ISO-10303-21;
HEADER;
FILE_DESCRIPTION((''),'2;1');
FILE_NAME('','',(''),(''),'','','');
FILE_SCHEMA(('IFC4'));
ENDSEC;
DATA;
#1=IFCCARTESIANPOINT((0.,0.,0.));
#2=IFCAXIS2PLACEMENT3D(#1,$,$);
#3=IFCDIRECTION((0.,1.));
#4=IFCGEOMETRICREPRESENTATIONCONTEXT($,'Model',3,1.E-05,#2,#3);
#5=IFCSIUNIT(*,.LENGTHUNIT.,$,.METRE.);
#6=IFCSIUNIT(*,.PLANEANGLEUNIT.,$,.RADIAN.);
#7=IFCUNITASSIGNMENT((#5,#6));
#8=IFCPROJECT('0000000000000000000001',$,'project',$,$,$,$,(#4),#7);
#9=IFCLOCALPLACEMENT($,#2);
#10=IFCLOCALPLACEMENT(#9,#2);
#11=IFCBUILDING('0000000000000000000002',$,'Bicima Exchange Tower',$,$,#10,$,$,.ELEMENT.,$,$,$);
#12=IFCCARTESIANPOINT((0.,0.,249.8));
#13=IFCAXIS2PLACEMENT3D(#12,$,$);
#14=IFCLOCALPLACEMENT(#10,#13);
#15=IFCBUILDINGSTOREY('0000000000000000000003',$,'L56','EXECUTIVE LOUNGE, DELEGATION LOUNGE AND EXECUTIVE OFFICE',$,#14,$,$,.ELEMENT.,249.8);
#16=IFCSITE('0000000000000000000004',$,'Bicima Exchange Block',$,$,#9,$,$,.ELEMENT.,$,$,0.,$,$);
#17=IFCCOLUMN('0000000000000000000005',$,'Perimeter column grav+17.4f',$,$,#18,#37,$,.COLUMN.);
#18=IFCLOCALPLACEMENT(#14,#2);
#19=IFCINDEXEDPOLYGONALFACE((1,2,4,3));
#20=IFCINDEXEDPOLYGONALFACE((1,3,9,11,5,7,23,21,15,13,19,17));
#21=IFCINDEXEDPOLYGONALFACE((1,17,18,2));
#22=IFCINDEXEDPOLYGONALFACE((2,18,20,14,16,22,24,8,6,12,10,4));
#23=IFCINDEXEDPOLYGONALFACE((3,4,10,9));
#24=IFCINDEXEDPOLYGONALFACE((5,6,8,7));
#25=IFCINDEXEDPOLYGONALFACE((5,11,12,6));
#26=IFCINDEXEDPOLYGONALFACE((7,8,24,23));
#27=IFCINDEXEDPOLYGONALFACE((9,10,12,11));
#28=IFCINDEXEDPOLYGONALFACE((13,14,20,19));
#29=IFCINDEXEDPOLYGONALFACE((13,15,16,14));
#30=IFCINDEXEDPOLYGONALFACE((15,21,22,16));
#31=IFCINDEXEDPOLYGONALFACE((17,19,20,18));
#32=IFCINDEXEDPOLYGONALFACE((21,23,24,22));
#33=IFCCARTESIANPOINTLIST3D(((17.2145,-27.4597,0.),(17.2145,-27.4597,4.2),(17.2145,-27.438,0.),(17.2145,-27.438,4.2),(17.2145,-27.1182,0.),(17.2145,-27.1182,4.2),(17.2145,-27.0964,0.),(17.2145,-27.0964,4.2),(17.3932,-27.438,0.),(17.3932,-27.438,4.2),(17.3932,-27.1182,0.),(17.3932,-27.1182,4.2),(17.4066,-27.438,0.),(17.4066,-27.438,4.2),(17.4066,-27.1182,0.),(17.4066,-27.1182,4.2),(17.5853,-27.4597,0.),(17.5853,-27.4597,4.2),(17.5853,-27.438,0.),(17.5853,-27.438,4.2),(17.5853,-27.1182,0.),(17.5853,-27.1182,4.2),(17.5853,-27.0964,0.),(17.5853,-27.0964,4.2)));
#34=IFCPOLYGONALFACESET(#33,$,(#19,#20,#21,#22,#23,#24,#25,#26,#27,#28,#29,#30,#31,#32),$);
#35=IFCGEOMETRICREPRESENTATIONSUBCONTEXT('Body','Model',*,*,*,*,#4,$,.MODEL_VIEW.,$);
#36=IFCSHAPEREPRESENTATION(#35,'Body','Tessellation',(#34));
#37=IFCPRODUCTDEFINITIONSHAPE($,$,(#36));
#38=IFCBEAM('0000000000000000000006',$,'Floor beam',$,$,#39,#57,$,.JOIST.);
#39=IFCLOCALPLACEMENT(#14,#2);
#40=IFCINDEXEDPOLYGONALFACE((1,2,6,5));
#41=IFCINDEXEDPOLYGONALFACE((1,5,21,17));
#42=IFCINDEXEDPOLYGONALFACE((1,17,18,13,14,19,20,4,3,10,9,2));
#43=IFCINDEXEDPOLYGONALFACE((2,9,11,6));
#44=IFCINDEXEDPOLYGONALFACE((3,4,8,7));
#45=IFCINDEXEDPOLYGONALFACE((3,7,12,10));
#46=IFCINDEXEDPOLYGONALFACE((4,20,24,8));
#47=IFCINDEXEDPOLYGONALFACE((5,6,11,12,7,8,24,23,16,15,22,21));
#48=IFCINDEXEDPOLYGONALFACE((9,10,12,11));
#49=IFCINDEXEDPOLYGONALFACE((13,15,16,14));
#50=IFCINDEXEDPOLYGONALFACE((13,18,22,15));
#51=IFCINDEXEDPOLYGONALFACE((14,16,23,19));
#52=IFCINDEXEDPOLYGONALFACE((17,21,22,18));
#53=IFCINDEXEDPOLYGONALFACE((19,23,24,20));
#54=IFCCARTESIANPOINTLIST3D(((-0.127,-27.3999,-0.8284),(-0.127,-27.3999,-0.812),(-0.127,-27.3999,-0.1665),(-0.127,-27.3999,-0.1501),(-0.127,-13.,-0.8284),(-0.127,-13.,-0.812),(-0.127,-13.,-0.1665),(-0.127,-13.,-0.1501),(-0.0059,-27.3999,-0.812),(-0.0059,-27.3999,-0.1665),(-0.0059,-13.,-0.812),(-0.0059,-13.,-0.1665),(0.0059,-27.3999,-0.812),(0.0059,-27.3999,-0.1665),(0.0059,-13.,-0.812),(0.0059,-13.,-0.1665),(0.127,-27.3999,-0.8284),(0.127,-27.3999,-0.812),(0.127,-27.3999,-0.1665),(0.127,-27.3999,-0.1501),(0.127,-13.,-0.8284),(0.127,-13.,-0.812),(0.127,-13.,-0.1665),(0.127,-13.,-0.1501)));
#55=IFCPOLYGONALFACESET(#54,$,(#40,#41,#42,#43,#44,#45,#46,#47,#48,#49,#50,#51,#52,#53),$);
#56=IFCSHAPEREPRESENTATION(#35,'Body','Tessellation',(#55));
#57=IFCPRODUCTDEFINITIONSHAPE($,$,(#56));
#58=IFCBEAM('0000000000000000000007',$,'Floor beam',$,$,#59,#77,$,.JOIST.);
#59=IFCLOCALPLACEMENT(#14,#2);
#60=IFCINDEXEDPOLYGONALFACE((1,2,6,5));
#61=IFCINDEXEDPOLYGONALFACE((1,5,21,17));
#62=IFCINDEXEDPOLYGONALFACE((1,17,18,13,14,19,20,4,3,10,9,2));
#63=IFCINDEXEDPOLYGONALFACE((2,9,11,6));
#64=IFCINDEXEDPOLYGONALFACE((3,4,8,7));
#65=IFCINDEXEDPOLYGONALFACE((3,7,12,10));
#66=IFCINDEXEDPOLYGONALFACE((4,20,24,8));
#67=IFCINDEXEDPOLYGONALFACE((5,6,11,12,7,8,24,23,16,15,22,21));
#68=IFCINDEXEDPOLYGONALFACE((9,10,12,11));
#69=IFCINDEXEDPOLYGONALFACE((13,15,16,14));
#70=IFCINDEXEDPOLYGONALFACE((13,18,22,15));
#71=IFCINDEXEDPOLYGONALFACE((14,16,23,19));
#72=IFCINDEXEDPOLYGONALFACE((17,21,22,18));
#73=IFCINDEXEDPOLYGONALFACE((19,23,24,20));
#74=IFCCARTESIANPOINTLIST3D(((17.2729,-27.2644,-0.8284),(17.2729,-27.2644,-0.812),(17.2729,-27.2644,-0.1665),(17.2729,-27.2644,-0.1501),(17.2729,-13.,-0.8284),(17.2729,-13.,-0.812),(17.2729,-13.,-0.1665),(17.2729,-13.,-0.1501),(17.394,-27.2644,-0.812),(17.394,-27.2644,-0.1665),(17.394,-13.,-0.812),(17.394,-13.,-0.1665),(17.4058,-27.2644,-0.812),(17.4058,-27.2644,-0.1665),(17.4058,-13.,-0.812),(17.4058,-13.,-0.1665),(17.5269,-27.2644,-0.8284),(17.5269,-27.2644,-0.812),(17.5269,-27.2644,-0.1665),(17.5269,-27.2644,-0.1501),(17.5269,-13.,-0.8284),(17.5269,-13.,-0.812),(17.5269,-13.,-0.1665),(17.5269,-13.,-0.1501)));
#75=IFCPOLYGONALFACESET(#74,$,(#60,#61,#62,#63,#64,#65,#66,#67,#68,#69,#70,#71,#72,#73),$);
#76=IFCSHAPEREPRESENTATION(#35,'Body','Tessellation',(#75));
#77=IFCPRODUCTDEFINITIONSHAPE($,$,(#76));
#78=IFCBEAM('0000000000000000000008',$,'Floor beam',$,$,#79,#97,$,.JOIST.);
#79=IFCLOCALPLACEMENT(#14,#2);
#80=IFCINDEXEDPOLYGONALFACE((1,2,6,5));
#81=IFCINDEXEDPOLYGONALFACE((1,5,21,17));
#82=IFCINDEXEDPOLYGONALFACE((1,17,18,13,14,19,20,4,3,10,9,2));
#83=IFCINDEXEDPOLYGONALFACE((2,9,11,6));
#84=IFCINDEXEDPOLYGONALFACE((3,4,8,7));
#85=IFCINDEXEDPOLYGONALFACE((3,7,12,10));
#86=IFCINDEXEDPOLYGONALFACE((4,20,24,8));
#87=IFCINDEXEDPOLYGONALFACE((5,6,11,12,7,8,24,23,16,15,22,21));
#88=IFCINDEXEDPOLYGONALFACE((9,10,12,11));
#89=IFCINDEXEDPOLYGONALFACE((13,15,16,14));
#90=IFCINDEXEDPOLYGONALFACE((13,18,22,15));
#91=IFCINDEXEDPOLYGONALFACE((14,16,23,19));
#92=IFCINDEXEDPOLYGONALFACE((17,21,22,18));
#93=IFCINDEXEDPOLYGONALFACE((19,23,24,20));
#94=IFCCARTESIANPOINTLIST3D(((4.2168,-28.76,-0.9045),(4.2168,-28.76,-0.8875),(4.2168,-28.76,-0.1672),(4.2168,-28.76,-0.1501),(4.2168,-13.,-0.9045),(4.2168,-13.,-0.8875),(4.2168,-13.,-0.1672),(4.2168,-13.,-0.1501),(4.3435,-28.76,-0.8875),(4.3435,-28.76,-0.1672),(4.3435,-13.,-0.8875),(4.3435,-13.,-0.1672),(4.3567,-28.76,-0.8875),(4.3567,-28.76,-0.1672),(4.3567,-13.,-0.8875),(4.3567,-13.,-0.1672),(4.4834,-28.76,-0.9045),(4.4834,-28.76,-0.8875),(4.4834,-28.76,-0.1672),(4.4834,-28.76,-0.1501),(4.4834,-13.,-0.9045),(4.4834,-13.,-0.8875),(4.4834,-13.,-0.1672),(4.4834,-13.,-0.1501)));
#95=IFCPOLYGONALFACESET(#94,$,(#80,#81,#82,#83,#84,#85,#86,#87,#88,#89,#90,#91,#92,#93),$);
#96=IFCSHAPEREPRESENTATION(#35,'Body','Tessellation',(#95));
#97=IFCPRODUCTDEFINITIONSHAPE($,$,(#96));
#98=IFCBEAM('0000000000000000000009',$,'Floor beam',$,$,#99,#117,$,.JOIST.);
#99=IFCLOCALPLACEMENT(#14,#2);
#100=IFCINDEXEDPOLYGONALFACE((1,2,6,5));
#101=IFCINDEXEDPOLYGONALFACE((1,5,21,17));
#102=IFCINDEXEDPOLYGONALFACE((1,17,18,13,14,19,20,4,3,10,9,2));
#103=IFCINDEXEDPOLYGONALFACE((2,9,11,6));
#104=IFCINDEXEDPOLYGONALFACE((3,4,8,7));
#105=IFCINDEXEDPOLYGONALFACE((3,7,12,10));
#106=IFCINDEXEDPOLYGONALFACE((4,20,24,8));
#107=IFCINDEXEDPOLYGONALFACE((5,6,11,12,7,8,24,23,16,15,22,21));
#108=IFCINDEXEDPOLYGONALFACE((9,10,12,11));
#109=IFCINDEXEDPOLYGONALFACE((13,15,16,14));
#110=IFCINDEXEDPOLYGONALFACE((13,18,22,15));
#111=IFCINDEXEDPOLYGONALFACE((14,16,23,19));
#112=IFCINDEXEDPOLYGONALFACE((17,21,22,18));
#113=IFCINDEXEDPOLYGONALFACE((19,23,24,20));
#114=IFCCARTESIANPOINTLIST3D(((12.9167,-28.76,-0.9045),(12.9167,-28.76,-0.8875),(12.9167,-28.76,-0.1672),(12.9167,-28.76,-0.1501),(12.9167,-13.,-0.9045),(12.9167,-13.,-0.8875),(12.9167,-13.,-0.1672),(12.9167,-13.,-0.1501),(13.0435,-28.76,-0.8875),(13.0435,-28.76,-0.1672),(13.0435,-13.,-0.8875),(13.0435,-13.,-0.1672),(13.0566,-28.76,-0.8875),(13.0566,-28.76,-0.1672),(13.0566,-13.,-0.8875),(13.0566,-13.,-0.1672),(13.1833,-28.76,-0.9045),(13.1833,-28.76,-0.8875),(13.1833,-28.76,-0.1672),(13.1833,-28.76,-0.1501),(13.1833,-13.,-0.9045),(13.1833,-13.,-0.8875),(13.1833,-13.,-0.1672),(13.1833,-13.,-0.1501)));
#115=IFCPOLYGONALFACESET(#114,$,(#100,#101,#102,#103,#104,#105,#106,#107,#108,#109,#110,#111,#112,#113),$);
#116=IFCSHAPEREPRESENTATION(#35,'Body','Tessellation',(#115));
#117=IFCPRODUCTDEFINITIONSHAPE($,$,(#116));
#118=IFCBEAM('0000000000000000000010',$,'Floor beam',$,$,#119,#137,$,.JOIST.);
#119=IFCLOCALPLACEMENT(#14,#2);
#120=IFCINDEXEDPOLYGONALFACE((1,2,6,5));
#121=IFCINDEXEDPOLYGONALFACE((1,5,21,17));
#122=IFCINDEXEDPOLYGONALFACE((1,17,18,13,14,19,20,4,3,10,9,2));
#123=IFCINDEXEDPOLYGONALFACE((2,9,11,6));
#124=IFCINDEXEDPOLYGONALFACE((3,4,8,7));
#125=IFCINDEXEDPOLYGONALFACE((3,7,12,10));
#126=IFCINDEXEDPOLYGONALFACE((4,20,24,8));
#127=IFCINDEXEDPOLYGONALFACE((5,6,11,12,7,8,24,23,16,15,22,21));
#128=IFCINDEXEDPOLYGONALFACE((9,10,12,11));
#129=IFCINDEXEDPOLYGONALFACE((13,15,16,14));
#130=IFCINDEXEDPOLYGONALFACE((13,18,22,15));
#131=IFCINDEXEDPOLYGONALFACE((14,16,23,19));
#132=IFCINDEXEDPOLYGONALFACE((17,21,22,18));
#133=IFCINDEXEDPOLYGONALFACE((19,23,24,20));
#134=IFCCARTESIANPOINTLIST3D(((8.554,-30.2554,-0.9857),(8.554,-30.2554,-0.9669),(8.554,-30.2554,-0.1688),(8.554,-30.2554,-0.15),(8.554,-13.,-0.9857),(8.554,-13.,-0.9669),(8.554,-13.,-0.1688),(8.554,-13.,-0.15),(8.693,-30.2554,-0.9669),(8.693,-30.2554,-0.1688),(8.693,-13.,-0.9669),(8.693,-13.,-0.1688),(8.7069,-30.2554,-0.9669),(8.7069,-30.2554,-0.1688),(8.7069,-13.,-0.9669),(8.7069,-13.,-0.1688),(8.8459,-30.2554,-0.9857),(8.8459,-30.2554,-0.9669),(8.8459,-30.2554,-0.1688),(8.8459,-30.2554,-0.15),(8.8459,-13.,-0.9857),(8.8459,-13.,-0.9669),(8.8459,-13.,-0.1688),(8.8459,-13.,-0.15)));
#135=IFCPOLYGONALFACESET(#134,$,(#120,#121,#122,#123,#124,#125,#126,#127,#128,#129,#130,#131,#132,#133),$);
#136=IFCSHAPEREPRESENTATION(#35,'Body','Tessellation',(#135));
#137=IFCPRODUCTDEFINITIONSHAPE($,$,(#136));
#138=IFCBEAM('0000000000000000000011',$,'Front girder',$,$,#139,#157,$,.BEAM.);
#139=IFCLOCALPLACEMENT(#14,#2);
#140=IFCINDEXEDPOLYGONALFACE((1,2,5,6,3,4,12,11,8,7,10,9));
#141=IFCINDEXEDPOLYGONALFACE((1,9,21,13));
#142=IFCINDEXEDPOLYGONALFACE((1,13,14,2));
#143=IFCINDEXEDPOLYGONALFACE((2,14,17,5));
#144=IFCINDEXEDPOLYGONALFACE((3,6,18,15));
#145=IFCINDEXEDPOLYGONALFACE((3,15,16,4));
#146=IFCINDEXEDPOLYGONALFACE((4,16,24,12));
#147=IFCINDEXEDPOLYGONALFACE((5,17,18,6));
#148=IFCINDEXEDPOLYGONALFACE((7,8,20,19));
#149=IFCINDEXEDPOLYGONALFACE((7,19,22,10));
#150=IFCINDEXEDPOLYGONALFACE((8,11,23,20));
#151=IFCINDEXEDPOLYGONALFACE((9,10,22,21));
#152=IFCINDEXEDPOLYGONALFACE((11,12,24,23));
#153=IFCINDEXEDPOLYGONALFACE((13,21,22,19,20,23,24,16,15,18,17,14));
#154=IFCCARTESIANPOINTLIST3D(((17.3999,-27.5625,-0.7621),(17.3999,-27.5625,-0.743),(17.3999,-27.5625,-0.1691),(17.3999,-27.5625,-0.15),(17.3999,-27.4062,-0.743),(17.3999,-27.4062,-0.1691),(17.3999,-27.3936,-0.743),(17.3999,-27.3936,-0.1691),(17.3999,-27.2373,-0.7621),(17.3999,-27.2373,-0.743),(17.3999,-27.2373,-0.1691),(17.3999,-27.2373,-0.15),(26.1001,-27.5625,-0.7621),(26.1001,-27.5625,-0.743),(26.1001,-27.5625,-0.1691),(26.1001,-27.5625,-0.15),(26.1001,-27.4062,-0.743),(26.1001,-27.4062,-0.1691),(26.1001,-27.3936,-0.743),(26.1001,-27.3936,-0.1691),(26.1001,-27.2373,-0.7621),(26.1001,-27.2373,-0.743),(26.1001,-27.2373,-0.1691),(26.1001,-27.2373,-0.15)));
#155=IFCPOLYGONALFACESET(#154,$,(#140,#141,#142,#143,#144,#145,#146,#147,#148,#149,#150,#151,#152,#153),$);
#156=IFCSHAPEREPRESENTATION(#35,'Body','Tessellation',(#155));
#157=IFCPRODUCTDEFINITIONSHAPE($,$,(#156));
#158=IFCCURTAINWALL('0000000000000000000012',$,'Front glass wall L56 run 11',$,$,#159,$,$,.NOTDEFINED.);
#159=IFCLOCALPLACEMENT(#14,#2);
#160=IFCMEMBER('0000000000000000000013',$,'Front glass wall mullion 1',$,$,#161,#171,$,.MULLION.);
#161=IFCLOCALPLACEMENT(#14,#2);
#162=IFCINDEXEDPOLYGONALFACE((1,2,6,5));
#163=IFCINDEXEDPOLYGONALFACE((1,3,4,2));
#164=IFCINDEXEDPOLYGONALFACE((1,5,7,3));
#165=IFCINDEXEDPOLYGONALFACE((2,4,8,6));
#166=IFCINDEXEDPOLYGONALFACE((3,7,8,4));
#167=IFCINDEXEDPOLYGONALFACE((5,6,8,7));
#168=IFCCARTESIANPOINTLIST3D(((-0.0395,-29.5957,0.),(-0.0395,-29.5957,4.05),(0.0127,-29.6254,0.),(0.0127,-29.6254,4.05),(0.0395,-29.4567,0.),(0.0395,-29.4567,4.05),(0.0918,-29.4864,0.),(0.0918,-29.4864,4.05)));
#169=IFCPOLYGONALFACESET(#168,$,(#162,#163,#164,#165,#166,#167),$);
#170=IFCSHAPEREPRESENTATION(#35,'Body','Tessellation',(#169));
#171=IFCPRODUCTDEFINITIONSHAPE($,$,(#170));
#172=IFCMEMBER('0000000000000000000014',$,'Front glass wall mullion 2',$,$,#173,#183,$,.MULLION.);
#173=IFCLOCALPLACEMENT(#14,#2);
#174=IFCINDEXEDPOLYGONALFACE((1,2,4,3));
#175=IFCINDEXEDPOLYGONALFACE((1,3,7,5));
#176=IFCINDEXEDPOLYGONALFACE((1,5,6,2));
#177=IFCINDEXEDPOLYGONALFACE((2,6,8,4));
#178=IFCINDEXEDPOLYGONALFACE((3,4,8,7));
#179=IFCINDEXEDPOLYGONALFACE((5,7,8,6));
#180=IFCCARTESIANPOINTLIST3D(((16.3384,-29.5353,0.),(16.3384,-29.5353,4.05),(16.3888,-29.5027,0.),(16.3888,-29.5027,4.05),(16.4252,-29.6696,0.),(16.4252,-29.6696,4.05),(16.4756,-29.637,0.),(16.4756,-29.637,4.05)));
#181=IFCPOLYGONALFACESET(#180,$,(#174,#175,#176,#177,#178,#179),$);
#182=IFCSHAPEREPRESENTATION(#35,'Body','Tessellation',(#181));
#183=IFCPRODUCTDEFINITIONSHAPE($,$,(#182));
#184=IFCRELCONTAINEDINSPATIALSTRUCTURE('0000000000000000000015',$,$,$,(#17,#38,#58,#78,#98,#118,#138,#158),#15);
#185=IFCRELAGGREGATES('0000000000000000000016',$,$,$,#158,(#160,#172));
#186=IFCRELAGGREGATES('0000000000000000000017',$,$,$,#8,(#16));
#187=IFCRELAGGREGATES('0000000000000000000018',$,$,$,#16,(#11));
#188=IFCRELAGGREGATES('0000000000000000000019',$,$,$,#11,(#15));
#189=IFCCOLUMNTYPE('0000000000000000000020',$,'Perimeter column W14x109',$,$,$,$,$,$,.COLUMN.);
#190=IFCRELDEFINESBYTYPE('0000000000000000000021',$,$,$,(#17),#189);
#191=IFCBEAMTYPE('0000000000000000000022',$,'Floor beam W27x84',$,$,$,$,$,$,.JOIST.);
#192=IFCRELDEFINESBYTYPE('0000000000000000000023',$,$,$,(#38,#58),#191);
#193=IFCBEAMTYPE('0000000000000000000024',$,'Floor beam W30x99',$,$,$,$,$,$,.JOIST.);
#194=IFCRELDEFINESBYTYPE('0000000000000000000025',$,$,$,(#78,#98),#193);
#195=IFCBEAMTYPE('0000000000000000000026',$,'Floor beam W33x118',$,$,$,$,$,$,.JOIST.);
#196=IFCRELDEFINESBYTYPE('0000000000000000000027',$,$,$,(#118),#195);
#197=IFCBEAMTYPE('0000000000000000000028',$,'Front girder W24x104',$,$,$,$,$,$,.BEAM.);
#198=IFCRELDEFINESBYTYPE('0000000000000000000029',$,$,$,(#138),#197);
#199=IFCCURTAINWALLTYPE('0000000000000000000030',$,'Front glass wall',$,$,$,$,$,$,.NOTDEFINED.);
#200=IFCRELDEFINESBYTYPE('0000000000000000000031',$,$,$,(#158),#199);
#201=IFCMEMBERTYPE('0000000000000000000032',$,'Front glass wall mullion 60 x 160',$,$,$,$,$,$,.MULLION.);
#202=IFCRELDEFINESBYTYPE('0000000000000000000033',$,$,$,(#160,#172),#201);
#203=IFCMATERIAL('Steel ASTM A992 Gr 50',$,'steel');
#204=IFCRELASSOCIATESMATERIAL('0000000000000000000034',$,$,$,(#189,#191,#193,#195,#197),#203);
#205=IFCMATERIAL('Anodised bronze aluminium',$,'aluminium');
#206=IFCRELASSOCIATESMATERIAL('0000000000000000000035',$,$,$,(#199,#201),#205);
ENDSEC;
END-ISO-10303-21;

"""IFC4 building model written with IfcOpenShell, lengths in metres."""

from ifc_helpers import new_model, si_unit, direction, frame, origin, origin_2d, place, context, subcontext, project, spatial, rectangle, i_section, extrude, material, material_profile, profile_set, type_object, element, aggregate, save


model = new_model("IFC4")

# Units and contexts
model_context = context("Model", 3, precision=1e-05, world=origin(), true_north=direction((0.0, 1.0)))
body_context = subcontext(model_context, "Body", "Model", "MODEL_VIEW")
ifc_project = project(units=[si_unit("LENGTHUNIT", "METRE"), si_unit("PLANEANGLEUNIT", "RADIAN")], contexts=[model_context])

# Site, building, storey
site_placement = place(None, origin())
site = spatial("IfcSite", under=ifc_project, at=site_placement, Name="Bicima Exchange Block", CompositionType="ELEMENT", RefElevation=0.0)
building_placement = place(site_placement, origin())
building = spatial("IfcBuilding", under=site, at=building_placement, Name="Bicima Exchange Tower", CompositionType="ELEMENT")
storey_placement = place(building_placement, frame((0.0, 0.0, 249.8)))
storey = spatial("IfcBuildingStorey", under=building, at=storey_placement, Name="L56", Description="EXECUTIVE LOUNGE, DELEGATION LOUNGE AND EXECUTIVE OFFICE", CompositionType="ELEMENT", Elevation=249.8)

# Column
ifc_material_1 = material(Name="Steel ASTM A992 Gr 50", Category="steel")
ifc_material_profile_1 = material_profile(ifc_material_1, i_section(OverallWidth=0.3708, OverallDepth=0.3633, WebThickness=0.0134, FlangeThickness=0.0217, at=origin_2d()))
ifc_profile_set_1 = profile_set([ifc_material_profile_1], Name="Steel ASTM A992 Gr 50")
column_type = type_object("IfcColumnType", Name="Perimeter column W14x109", PredefinedType="COLUMN", material=ifc_profile_set_1)
column_placement = place(storey_placement, frame((17.3999, -27.2781, 0.0), z_axis=(0.0, 0.0, 1.0), x_axis=(1.0, 0.0, 0.0)))
element("IfcColumn", 1, at=column_placement, inside=storey, type_object=column_type, Name="Perimeter column grav+17.4f", PredefinedType="COLUMN", context=body_context, shape_type="SweptSolid", body=[
    extrude(i_section(OverallWidth=0.3708, OverallDepth=0.3633, WebThickness=0.0134, FlangeThickness=0.0217, at=origin_2d()), origin(), (0.0, 0.0, 1.0), 4.2),
])

# Beams
ifc_material_profile_2 = material_profile(ifc_material_1, i_section(OverallWidth=0.2539, OverallDepth=0.6782, WebThickness=0.0117, FlangeThickness=0.0164, at=origin_2d()))
ifc_profile_set_2 = profile_set([ifc_material_profile_2], Name="Steel ASTM A992 Gr 50")
beam_type_1 = type_object("IfcBeamType", Name="Floor beam W27x84", PredefinedType="JOIST", material=ifc_profile_set_2)
beam_1_placement = place(storey_placement, frame((0.0, -13.0, -0.4893), z_axis=(0.0, -1.0, 0.0), x_axis=(1.0, 0.0, 0.0)))
element("IfcBeam", 2, at=beam_1_placement, inside=storey, type_object=beam_type_1, Name="Floor beam", PredefinedType="JOIST", context=body_context, shape_type="SweptSolid", body=[
    extrude(i_section(OverallWidth=0.2539, OverallDepth=0.6782, WebThickness=0.0117, FlangeThickness=0.0164, at=origin_2d()), origin(), (0.0, 0.0, 1.0), 14.3999),
])
beam_2_placement = place(storey_placement, frame((17.3999, -13.0, -0.4893), z_axis=(0.0, -1.0, 0.0), x_axis=(1.0, 0.0, 0.0)))
element("IfcBeam", 3, at=beam_2_placement, inside=storey, type_object=beam_type_1, Name="Floor beam", PredefinedType="JOIST", context=body_context, shape_type="SweptSolid", body=[
    extrude(i_section(OverallWidth=0.2539, OverallDepth=0.6782, WebThickness=0.0117, FlangeThickness=0.0164, at=origin_2d()), origin(), (0.0, 0.0, 1.0), 14.2644),
])
ifc_material_profile_3 = material_profile(ifc_material_1, i_section(OverallWidth=0.2666, OverallDepth=0.7544, WebThickness=0.0132, FlangeThickness=0.0171, at=origin_2d()))
ifc_profile_set_3 = profile_set([ifc_material_profile_3], Name="Steel ASTM A992 Gr 50")
beam_type_2 = type_object("IfcBeamType", Name="Floor beam W30x99", PredefinedType="JOIST", material=ifc_profile_set_3)
for number, where, z_axis, x_axis, name in (
    (4, (4.3501, -13.0, -0.5273), (0.0, -1.0, 0.0), (1.0, 0.0, 0.0), "Floor beam"),
    (5, (13.05, -13.0, -0.5273), (0.0, -1.0, 0.0), (1.0, 0.0, 0.0), "Floor beam"),
):
    element("IfcBeam", number, at=place(storey_placement, frame(where, z_axis=z_axis, x_axis=x_axis)), inside=storey, type_object=beam_type_2, Name=name, PredefinedType="JOIST", context=body_context, shape_type="SweptSolid", body=[
        extrude(i_section(OverallWidth=0.2666, OverallDepth=0.7544, WebThickness=0.0132, FlangeThickness=0.0171, at=origin_2d()), origin(), (0.0, 0.0, 1.0), 15.76),
    ])
ifc_material_profile_4 = material_profile(ifc_material_1, i_section(OverallWidth=0.292, OverallDepth=0.8357, WebThickness=0.0139, FlangeThickness=0.0188, at=origin_2d()))
ifc_profile_set_4 = profile_set([ifc_material_profile_4], Name="Steel ASTM A992 Gr 50")
beam_type_3 = type_object("IfcBeamType", Name="Floor beam W33x118", PredefinedType="JOIST", material=ifc_profile_set_4)
beam_3_placement = place(storey_placement, frame((8.7, -13.0, -0.5679), z_axis=(0.0, -1.0, 0.0), x_axis=(1.0, 0.0, 0.0)))
element("IfcBeam", 6, at=beam_3_placement, inside=storey, type_object=beam_type_3, Name="Floor beam", PredefinedType="JOIST", context=body_context, shape_type="SweptSolid", body=[
    extrude(i_section(OverallWidth=0.292, OverallDepth=0.8357, WebThickness=0.0139, FlangeThickness=0.0188, at=origin_2d()), origin(), (0.0, 0.0, 1.0), 17.2554),
])
ifc_material_profile_5 = material_profile(ifc_material_1, i_section(OverallWidth=0.3252, OverallDepth=0.6121, WebThickness=0.0127, FlangeThickness=0.019, at=origin_2d()))
ifc_profile_set_5 = profile_set([ifc_material_profile_5], Name="Steel ASTM A992 Gr 50")
beam_type_4 = type_object("IfcBeamType", Name="Front girder W24x104", PredefinedType="BEAM", material=ifc_profile_set_5)
beam_4_placement = place(storey_placement, frame((17.3999, -27.3999, -0.4561), z_axis=(1.0, 0.0, 0.0), x_axis=(0.0, 1.0, 0.0)))
element("IfcBeam", 7, at=beam_4_placement, inside=storey, type_object=beam_type_4, Name="Front girder", PredefinedType="BEAM", context=body_context, shape_type="SweptSolid", body=[
    extrude(i_section(OverallWidth=0.3252, OverallDepth=0.6121, WebThickness=0.0127, FlangeThickness=0.019, at=origin_2d()), origin(), (0.0, 0.0, 1.0), 8.7002),
])

# Curtain wall, members
ifc_material_2 = material(Name="Anodised bronze aluminium", Category="aluminium")
curtain_wall_type = type_object("IfcCurtainWallType", Name="Front glass wall", PredefinedType="NOTDEFINED", material=ifc_material_2)
curtain_wall_1_placement = place(storey_placement, origin())
curtain_wall_1 = element("IfcCurtainWall", 8, at=curtain_wall_1_placement, inside=storey, type_object=curtain_wall_type, Name="Front glass wall L56 run 11", PredefinedType="NOTDEFINED")
ifc_material_profile_6 = material_profile(ifc_material_2, rectangle(XDim=0.1599, YDim=0.0601, at=origin_2d()))
ifc_profile_set_6 = profile_set([ifc_material_profile_6], Name="Anodised bronze aluminium")
member_type_1 = type_object("IfcMemberType", Name="Front glass wall mullion 60 x 160", PredefinedType="MULLION", material=ifc_profile_set_6)
member_1_placement = place(storey_placement, frame((0.0261, -29.541, 0.0), z_axis=(0.0, 0.0, 1.0), x_axis=(0.49433, 0.869274, 0.0)))
member_1 = element("IfcMember", 9, at=member_1_placement, type_object=member_type_1, Name="Front glass wall mullion 1", PredefinedType="MULLION", context=body_context, shape_type="SweptSolid", body=[
    extrude(rectangle(XDim=0.1599, YDim=0.0601, at=origin_2d()), origin(), (0.0, 0.0, 1.0), 4.05),
])
member_2_placement = place(storey_placement, frame((16.407, -29.5862, 0.0), z_axis=(0.0, 0.0, 1.0), x_axis=(-0.542909, 0.839791, 0.0)))
member_2 = element("IfcMember", 10, at=member_2_placement, type_object=member_type_1, Name="Front glass wall mullion 2", PredefinedType="MULLION", context=body_context, shape_type="SweptSolid", body=[
    extrude(rectangle(XDim=0.1599, YDim=0.0601, at=origin_2d()), origin(), (0.0, 0.0, 1.0), 4.05),
])

aggregate(curtain_wall_1, [member_1, member_2])

save(model, "model.ifc")
